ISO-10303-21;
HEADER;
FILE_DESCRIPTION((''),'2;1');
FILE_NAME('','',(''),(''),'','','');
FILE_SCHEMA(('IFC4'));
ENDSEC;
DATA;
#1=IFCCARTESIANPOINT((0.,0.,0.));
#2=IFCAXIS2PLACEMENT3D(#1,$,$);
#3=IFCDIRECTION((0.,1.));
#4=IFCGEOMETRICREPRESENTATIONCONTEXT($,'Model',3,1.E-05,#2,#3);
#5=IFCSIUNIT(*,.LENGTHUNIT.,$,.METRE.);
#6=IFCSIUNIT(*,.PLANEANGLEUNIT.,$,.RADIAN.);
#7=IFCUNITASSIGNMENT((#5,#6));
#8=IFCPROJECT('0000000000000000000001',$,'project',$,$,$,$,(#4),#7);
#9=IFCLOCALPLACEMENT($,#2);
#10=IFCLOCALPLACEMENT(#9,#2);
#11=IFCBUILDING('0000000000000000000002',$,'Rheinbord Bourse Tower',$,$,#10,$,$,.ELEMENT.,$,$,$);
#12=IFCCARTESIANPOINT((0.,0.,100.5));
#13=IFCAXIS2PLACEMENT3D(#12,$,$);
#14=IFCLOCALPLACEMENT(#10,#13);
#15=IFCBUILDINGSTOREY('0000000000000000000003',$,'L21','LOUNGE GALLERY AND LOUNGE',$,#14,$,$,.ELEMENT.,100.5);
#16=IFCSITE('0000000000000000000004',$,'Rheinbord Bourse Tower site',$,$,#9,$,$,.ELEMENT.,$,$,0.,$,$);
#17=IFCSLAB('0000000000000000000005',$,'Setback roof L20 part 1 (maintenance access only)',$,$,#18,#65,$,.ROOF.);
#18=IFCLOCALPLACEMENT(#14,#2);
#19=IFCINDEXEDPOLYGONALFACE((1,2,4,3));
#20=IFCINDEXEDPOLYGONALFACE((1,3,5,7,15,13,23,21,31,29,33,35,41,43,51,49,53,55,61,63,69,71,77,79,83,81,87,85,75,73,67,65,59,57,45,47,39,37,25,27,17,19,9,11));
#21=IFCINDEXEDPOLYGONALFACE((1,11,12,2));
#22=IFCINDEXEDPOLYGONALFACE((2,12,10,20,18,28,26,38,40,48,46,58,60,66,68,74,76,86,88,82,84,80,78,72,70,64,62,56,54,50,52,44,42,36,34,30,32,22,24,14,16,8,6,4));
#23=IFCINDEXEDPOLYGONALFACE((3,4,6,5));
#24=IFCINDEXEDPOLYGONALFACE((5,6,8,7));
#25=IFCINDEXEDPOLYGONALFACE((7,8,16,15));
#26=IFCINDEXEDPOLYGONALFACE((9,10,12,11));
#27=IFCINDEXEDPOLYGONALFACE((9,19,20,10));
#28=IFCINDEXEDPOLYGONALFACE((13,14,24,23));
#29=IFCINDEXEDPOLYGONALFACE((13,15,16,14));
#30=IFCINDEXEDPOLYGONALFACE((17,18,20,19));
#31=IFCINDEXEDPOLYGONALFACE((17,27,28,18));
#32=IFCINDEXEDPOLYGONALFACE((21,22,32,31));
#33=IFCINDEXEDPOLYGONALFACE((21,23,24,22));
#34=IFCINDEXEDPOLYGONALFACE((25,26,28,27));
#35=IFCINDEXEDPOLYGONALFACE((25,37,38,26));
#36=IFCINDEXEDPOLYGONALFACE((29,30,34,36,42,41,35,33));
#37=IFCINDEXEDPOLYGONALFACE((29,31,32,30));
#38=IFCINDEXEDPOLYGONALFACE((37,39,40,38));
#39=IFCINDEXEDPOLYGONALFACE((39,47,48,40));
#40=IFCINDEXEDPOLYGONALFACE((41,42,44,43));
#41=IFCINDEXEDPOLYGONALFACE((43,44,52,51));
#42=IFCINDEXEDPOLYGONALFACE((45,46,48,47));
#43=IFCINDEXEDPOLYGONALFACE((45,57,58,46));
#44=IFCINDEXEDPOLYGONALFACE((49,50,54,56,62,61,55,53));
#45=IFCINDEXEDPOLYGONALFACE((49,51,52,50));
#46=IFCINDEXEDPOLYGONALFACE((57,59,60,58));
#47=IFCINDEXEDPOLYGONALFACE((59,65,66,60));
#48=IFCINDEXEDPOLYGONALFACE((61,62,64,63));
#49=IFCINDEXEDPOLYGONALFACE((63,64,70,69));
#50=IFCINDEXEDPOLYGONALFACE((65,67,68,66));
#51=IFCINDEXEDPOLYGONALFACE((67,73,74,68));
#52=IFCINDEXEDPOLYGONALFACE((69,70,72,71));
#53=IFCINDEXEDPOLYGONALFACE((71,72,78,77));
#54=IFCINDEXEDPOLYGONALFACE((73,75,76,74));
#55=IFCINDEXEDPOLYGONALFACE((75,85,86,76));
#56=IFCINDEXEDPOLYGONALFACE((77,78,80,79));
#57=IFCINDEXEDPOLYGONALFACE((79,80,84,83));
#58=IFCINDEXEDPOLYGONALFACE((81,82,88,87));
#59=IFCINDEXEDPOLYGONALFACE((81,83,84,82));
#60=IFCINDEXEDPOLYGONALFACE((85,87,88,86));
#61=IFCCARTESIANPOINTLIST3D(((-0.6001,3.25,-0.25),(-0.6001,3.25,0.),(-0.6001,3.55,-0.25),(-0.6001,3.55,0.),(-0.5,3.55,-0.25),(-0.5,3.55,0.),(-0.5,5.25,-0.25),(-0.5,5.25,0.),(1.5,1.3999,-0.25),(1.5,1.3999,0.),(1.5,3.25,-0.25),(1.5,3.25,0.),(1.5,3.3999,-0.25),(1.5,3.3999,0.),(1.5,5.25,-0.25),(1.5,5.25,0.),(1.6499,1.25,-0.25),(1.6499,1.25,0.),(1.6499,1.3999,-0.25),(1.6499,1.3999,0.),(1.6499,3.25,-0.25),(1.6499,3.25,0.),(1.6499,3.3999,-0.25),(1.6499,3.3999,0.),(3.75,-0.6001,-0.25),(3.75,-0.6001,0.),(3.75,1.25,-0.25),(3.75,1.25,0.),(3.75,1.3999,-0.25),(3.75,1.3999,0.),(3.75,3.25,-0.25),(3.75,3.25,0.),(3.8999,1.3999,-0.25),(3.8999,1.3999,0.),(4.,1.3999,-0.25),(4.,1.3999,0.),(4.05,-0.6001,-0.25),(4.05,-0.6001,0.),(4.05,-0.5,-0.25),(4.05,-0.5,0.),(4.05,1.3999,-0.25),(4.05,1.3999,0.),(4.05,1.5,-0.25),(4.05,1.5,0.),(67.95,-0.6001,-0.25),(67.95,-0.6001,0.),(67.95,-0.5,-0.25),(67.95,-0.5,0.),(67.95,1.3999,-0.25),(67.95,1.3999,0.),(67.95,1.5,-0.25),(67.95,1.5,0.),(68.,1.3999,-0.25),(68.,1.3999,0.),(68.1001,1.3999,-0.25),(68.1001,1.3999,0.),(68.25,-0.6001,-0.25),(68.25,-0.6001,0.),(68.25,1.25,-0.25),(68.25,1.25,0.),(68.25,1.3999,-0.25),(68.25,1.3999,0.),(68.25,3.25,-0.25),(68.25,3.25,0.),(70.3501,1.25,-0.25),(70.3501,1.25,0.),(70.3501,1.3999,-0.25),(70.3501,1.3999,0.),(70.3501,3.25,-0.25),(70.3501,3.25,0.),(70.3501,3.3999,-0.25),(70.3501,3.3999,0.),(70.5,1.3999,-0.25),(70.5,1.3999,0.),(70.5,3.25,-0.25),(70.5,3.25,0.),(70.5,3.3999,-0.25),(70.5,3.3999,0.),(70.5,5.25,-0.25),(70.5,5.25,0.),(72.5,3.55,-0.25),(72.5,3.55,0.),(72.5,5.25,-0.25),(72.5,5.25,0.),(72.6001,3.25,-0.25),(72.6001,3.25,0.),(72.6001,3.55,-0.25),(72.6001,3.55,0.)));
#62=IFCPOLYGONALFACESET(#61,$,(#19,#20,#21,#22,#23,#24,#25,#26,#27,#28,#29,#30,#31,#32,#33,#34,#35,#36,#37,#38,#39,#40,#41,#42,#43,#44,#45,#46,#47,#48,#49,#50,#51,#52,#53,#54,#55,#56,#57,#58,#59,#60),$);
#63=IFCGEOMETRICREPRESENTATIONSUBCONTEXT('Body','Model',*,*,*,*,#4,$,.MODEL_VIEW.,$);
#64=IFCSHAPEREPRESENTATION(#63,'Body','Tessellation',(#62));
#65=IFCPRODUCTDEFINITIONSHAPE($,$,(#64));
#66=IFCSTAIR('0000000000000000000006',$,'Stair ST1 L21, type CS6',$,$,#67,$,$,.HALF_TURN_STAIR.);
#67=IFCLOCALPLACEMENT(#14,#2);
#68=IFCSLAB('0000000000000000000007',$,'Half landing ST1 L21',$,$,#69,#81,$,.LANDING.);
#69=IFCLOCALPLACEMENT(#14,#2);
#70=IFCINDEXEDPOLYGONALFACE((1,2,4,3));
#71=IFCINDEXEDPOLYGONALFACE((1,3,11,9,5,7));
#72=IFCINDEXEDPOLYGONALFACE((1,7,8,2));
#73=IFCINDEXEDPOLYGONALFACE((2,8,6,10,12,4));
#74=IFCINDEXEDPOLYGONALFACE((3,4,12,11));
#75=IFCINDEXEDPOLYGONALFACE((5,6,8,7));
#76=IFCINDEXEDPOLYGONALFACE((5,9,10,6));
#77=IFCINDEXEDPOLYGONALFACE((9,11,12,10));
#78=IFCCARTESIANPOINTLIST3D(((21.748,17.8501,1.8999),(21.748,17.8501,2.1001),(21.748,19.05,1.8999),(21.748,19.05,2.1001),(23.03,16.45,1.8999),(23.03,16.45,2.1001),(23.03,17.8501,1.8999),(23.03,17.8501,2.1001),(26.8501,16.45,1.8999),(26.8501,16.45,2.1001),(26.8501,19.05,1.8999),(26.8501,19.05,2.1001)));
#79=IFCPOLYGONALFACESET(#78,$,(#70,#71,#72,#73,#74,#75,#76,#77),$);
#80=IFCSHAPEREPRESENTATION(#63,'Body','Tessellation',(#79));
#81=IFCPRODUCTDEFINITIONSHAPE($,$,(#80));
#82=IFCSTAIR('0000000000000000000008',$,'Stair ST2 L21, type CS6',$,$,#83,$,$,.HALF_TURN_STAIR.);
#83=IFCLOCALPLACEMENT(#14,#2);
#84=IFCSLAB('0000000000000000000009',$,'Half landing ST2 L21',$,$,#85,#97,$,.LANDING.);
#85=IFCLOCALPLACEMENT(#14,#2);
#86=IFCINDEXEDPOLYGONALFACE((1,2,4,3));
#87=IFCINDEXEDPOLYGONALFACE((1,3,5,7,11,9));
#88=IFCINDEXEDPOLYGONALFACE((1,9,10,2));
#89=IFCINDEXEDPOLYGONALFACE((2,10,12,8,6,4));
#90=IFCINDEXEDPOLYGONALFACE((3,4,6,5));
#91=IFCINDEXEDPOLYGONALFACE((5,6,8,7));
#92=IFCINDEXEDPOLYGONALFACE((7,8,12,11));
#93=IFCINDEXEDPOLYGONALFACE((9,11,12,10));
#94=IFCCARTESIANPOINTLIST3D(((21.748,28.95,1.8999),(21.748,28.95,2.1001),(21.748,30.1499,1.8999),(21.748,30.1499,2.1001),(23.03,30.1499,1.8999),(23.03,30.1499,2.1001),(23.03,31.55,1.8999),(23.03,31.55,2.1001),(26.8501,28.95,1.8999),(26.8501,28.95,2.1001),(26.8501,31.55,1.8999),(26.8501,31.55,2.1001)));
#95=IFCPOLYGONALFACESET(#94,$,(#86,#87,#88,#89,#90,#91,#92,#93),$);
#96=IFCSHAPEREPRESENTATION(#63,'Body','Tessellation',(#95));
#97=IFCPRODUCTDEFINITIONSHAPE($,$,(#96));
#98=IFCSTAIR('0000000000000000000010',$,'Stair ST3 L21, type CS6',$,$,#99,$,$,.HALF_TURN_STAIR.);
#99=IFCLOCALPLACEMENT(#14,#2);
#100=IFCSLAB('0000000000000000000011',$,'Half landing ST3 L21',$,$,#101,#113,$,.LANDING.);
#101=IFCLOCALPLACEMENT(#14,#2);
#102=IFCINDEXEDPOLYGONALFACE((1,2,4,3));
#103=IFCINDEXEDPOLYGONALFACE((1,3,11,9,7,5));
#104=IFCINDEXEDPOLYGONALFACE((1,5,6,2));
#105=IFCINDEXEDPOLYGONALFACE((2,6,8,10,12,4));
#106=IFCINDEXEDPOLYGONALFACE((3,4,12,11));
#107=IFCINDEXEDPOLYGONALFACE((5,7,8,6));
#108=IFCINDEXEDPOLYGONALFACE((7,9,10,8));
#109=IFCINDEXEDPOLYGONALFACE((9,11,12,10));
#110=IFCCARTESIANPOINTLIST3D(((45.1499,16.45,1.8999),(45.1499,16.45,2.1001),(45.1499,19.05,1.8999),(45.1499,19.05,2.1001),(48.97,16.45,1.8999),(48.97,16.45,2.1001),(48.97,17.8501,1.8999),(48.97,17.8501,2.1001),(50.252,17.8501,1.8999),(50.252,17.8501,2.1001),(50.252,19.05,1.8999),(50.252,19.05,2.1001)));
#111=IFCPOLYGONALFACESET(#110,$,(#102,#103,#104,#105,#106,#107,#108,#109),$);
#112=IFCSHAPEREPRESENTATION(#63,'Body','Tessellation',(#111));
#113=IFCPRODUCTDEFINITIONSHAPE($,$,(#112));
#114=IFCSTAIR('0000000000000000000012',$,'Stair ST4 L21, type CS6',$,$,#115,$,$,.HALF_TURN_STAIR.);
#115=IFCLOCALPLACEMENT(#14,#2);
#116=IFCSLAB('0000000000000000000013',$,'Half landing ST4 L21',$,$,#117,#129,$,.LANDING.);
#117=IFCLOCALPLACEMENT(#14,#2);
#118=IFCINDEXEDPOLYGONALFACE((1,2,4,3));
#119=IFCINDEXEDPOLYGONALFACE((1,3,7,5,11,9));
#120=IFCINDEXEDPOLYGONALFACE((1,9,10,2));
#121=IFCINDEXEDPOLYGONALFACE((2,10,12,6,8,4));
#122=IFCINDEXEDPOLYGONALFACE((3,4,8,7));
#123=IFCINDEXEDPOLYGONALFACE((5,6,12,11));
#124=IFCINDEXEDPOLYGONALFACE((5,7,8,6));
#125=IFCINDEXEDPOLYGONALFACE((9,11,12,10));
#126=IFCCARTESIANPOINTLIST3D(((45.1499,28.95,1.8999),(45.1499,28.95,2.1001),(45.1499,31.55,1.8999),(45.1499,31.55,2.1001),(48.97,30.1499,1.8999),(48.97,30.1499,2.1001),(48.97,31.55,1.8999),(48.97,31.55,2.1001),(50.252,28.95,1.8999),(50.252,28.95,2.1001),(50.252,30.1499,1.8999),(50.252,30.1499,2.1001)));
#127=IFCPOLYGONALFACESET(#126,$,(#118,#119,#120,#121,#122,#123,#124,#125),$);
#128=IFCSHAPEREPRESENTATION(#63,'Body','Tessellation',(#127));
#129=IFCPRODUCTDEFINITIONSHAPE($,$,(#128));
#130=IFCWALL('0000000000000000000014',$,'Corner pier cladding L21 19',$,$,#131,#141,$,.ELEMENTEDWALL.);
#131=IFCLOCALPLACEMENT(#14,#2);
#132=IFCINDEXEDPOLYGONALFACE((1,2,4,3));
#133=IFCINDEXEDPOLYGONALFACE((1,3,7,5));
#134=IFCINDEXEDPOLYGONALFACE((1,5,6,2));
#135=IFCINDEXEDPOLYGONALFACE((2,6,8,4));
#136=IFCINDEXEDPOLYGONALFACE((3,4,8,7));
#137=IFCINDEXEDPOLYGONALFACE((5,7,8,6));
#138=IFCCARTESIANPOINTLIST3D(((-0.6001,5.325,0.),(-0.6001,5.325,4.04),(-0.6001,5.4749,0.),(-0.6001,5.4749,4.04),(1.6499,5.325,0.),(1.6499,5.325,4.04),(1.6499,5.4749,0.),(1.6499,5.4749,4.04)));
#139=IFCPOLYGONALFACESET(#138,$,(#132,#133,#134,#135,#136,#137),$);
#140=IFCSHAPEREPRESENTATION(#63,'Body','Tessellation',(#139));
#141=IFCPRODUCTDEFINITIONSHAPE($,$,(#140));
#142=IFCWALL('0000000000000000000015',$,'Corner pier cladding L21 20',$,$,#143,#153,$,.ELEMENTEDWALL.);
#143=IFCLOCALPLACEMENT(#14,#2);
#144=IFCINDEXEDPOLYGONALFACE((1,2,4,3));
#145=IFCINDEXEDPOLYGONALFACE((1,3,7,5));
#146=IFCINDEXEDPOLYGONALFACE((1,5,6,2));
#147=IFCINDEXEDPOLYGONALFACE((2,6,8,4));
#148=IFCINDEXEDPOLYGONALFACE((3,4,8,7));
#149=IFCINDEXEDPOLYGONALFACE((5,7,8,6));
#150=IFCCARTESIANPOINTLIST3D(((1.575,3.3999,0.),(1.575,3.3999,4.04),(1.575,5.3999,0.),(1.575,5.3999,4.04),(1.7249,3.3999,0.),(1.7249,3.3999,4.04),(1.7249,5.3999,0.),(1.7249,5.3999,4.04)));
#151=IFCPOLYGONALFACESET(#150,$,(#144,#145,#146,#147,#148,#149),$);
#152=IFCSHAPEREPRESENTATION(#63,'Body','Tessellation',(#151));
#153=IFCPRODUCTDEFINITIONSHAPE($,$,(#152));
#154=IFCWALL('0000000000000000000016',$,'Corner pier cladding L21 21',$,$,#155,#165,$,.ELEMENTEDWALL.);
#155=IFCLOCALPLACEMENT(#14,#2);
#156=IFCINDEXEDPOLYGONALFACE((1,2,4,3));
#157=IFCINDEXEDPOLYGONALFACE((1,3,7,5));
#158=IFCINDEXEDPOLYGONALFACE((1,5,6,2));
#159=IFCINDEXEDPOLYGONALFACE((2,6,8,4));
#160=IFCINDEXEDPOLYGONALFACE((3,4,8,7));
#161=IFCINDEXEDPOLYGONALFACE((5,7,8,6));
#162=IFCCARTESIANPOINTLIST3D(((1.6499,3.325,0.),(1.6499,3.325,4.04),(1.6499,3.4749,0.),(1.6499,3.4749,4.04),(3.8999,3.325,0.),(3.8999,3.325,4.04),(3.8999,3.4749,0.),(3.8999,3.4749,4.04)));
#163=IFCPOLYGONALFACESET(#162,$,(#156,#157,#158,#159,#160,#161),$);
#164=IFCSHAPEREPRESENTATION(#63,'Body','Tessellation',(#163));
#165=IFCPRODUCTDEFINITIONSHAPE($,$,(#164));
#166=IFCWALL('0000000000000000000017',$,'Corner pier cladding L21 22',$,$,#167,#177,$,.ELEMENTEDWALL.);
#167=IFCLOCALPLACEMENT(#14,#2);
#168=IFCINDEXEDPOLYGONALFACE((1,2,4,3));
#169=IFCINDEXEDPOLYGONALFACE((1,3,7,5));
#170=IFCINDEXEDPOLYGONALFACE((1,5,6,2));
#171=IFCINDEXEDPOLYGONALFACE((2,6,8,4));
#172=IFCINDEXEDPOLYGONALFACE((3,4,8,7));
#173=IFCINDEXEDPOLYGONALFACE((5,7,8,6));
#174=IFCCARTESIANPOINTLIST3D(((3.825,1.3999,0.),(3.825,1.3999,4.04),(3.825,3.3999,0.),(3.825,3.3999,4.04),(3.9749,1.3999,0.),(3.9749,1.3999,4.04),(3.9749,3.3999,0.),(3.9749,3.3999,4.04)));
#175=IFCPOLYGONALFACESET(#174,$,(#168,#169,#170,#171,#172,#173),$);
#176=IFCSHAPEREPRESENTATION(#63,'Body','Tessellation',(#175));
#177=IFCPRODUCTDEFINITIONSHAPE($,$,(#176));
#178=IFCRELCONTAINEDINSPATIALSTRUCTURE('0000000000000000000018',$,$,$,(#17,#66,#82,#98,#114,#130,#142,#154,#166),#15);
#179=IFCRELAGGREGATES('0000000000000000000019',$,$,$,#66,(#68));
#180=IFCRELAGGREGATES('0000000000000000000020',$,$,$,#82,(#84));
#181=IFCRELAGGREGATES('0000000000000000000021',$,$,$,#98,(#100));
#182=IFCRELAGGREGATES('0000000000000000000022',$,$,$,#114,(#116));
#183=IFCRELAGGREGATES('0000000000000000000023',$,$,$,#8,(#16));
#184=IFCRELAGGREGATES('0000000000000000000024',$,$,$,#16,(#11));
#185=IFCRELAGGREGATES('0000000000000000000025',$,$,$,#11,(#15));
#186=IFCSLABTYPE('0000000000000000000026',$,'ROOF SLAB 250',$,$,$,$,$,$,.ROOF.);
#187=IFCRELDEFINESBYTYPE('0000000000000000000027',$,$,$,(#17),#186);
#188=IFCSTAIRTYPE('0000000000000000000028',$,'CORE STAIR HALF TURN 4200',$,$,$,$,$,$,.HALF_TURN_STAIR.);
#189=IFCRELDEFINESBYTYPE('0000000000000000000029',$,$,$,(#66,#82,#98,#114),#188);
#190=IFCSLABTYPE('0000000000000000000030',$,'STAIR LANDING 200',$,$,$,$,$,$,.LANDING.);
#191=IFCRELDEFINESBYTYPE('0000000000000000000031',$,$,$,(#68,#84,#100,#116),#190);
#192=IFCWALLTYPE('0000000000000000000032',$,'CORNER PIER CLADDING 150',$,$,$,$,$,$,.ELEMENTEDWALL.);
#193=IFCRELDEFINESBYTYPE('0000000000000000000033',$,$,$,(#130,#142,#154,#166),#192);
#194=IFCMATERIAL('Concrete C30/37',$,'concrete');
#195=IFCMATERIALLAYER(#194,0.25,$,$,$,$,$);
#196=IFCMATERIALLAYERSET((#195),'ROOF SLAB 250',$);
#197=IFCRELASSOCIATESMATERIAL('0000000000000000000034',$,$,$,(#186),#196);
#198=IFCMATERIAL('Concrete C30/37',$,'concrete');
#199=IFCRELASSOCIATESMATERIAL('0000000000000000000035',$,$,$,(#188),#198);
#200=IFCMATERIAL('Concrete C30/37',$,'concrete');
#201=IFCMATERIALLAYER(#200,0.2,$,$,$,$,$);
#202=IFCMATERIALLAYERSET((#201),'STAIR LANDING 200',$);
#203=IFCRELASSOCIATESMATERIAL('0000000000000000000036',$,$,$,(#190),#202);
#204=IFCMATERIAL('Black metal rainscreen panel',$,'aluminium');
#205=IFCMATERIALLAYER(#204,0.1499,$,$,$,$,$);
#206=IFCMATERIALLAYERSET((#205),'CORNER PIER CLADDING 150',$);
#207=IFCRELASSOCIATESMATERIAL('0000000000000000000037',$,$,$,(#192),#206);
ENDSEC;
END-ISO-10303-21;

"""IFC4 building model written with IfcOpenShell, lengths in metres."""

from ifc_helpers import new_model, si_unit, direction, frame, frame_2d, origin, place, context, subcontext, project, spatial, polyline, rectangle, outline, extrude, material, layer, layer_set, type_object, element, aggregate, save


model = new_model("IFC4")

# Units and contexts
model_context = context("Model", 3, precision=1e-05, world=origin(), true_north=direction((0.0, 1.0)))
body_context = subcontext(model_context, "Body", "Model", "MODEL_VIEW")
ifc_project = project(units=[si_unit("LENGTHUNIT", "METRE"), si_unit("PLANEANGLEUNIT", "RADIAN")], contexts=[model_context])

# Site, building, storey
site_placement = place(None, origin())
site = spatial("IfcSite", under=ifc_project, at=site_placement, Name="Rheinbord Bourse Tower site", CompositionType="ELEMENT", RefElevation=0.0)
building_placement = place(site_placement, origin())
building = spatial("IfcBuilding", under=site, at=building_placement, Name="Rheinbord Bourse Tower", CompositionType="ELEMENT")
storey_placement = place(building_placement, frame((0.0, 0.0, 100.5)))
storey = spatial("IfcBuildingStorey", under=building, at=storey_placement, Name="L21", Description="LOUNGE GALLERY AND LOUNGE", CompositionType="ELEMENT", Elevation=100.5)

# Slab
ifc_material_1 = material(Name="Concrete C30/37", Category="concrete")
ifc_layer_1 = layer(ifc_material_1, 0.25)
ifc_layer_set_1 = layer_set([ifc_layer_1], Name="ROOF SLAB 250")
slab_type_1 = type_object("IfcSlabType", Name="ROOF SLAB 250", PredefinedType="ROOF", material=ifc_layer_set_1)
slab_1_placement = place(storey_placement, frame((0.0, 0.0, -0.25)))
element("IfcSlab", 1, at=slab_1_placement, inside=storey, type_object=slab_type_1, Name="Setback roof L20 part 1 (maintenance access only)", PredefinedType="ROOF", context=body_context, shape_type="SweptSolid", body=[
    extrude(outline(polyline([(1.5, 1.3999), (1.5, 3.25), (-0.6001, 3.25), (-0.6001, 3.55), (-0.5, 3.55), (-0.5, 5.25), (1.5, 5.25), (1.5, 3.3999), (1.6499, 3.3999), (1.6499, 3.25), (3.75, 3.25), (3.75, 1.3999), (3.8999, 1.3999), (4.0, 1.3999), (4.05, 1.3999), (4.05, 1.5), (67.95, 1.5), (67.95, 1.3999), (68.0, 1.3999), (68.1001, 1.3999), (68.25, 1.3999), (68.25, 3.25), (70.3501, 3.25), (70.3501, 3.3999), (70.5, 3.3999), (70.5, 5.25), (72.5, 5.25), (72.5, 3.55), (72.6001, 3.55), (72.6001, 3.25), (70.5, 3.25), (70.5, 1.3999), (70.3501, 1.3999), (70.3501, 1.25), (68.25, 1.25), (68.25, -0.6001), (67.95, -0.6001), (67.95, -0.5), (4.05, -0.5), (4.05, -0.6001), (3.75, -0.6001), (3.75, 1.25), (1.6499, 1.25), (1.6499, 1.3999), (1.5, 1.3999)])), origin(), (0.0, 0.0, 1.0), 0.25),
])

# Stairs, slabs
ifc_material_2 = material(Name="Concrete C30/37", Category="concrete")
stair_type = type_object("IfcStairType", Name="CORE STAIR HALF TURN 4200", PredefinedType="HALF_TURN_STAIR", material=ifc_material_2)
stair_1_placement = place(storey_placement, origin())
stair_1 = element("IfcStair", 2, at=stair_1_placement, inside=storey, type_object=stair_type, Name="Stair ST1 L21, type CS6", PredefinedType="HALF_TURN_STAIR")
ifc_material_3 = material(Name="Concrete C30/37", Category="concrete")
ifc_layer_2 = layer(ifc_material_3, 0.2)
ifc_layer_set_2 = layer_set([ifc_layer_2], Name="STAIR LANDING 200")
slab_type_2 = type_object("IfcSlabType", Name="STAIR LANDING 200", PredefinedType="LANDING", material=ifc_layer_set_2)
slab_2_placement = place(storey_placement, frame((0.0, 0.0, 1.8999)))
slab_2 = element("IfcSlab", 3, at=slab_2_placement, type_object=slab_type_2, Name="Half landing ST1 L21", PredefinedType="LANDING", context=body_context, shape_type="SweptSolid", body=[
    extrude(outline(polyline([(23.03, 16.45), (26.8501, 16.45), (26.8501, 19.05), (21.748, 19.05), (21.748, 17.8501), (23.03, 17.8501), (23.03, 16.45)])), origin(), (0.0, 0.0, 1.0), 0.2002),
])
aggregate(stair_1, [slab_2])
stair_2_placement = place(storey_placement, origin())
stair_2 = element("IfcStair", 4, at=stair_2_placement, inside=storey, type_object=stair_type, Name="Stair ST2 L21, type CS6", PredefinedType="HALF_TURN_STAIR")
slab_3_placement = place(storey_placement, frame((0.0, 0.0, 1.8999)))
slab_3 = element("IfcSlab", 5, at=slab_3_placement, type_object=slab_type_2, Name="Half landing ST2 L21", PredefinedType="LANDING", context=body_context, shape_type="SweptSolid", body=[
    extrude(outline(polyline([(21.748, 28.95), (26.8501, 28.95), (26.8501, 31.55), (23.03, 31.55), (23.03, 30.1499), (21.748, 30.1499), (21.748, 28.95)])), origin(), (0.0, 0.0, 1.0), 0.2002),
])
aggregate(stair_2, [slab_3])
stair_3_placement = place(storey_placement, origin())
stair_3 = element("IfcStair", 6, at=stair_3_placement, inside=storey, type_object=stair_type, Name="Stair ST3 L21, type CS6", PredefinedType="HALF_TURN_STAIR")
slab_4_placement = place(storey_placement, frame((0.0, 0.0, 1.8999)))
slab_4 = element("IfcSlab", 7, at=slab_4_placement, type_object=slab_type_2, Name="Half landing ST3 L21", PredefinedType="LANDING", context=body_context, shape_type="SweptSolid", body=[
    extrude(outline(polyline([(45.1499, 16.45), (48.97, 16.45), (48.97, 17.8501), (50.252, 17.8501), (50.252, 19.05), (45.1499, 19.05), (45.1499, 16.45)])), origin(), (0.0, 0.0, 1.0), 0.2002),
])
aggregate(stair_3, [slab_4])
stair_4_placement = place(storey_placement, origin())
stair_4 = element("IfcStair", 8, at=stair_4_placement, inside=storey, type_object=stair_type, Name="Stair ST4 L21, type CS6", PredefinedType="HALF_TURN_STAIR")
slab_5_placement = place(storey_placement, frame((0.0, 0.0, 1.8999)))
slab_5 = element("IfcSlab", 9, at=slab_5_placement, type_object=slab_type_2, Name="Half landing ST4 L21", PredefinedType="LANDING", context=body_context, shape_type="SweptSolid", body=[
    extrude(outline(polyline([(45.1499, 28.95), (50.252, 28.95), (50.252, 30.1499), (48.97, 30.1499), (48.97, 31.55), (45.1499, 31.55), (45.1499, 28.95)])), origin(), (0.0, 0.0, 1.0), 0.2002),
])
aggregate(stair_4, [slab_5])

# Walls
ifc_material_4 = material(Name="Black metal rainscreen panel", Category="aluminium")
ifc_layer_3 = layer(ifc_material_4, 0.1499)
ifc_layer_set_3 = layer_set([ifc_layer_3], Name="CORNER PIER CLADDING 150")
wall_type = type_object("IfcWallType", Name="CORNER PIER CLADDING 150", PredefinedType="ELEMENTEDWALL", material=ifc_layer_set_3)
wall_1_placement = place(storey_placement, frame((-0.6001, 5.3999, 0.0), z_axis=(0.0, 0.0, 1.0), x_axis=(1.0, 0.0, 0.0)))
element("IfcWall", 10, at=wall_1_placement, inside=storey, type_object=wall_type, Name="Corner pier cladding L21 19", PredefinedType="ELEMENTEDWALL", context=body_context, shape_type="SweptSolid", body=[
    extrude(rectangle(XDim=2.25, YDim=0.1499, at=frame_2d((1.125, 0.0))), origin(), (0.0, 0.0, 1.0), 4.04),
])
wall_2_placement = place(storey_placement, frame((1.6499, 5.3999, 0.0), z_axis=(0.0, 0.0, 1.0), x_axis=(0.0, -1.0, 0.0)))
element("IfcWall", 11, at=wall_2_placement, inside=storey, type_object=wall_type, Name="Corner pier cladding L21 20", PredefinedType="ELEMENTEDWALL", context=body_context, shape_type="SweptSolid", body=[
    extrude(rectangle(XDim=2.0, YDim=0.1499, at=frame_2d((1.0, 0.0))), origin(), (0.0, 0.0, 1.0), 4.04),
])
wall_3_placement = place(storey_placement, frame((1.6499, 3.3999, 0.0), z_axis=(0.0, 0.0, 1.0), x_axis=(1.0, 0.0, 0.0)))
element("IfcWall", 12, at=wall_3_placement, inside=storey, type_object=wall_type, Name="Corner pier cladding L21 21", PredefinedType="ELEMENTEDWALL", context=body_context, shape_type="SweptSolid", body=[
    extrude(rectangle(XDim=2.25, YDim=0.1499, at=frame_2d((1.125, 0.0))), origin(), (0.0, 0.0, 1.0), 4.04),
])
wall_4_placement = place(storey_placement, frame((3.8999, 3.3999, 0.0), z_axis=(0.0, 0.0, 1.0), x_axis=(0.0, -1.0, 0.0)))
element("IfcWall", 13, at=wall_4_placement, inside=storey, type_object=wall_type, Name="Corner pier cladding L21 22", PredefinedType="ELEMENTEDWALL", context=body_context, shape_type="SweptSolid", body=[
    extrude(rectangle(XDim=2.0, YDim=0.1499, at=frame_2d((1.0, 0.0))), origin(), (0.0, 0.0, 1.0), 4.04),
])

save(model, "model.ifc")
